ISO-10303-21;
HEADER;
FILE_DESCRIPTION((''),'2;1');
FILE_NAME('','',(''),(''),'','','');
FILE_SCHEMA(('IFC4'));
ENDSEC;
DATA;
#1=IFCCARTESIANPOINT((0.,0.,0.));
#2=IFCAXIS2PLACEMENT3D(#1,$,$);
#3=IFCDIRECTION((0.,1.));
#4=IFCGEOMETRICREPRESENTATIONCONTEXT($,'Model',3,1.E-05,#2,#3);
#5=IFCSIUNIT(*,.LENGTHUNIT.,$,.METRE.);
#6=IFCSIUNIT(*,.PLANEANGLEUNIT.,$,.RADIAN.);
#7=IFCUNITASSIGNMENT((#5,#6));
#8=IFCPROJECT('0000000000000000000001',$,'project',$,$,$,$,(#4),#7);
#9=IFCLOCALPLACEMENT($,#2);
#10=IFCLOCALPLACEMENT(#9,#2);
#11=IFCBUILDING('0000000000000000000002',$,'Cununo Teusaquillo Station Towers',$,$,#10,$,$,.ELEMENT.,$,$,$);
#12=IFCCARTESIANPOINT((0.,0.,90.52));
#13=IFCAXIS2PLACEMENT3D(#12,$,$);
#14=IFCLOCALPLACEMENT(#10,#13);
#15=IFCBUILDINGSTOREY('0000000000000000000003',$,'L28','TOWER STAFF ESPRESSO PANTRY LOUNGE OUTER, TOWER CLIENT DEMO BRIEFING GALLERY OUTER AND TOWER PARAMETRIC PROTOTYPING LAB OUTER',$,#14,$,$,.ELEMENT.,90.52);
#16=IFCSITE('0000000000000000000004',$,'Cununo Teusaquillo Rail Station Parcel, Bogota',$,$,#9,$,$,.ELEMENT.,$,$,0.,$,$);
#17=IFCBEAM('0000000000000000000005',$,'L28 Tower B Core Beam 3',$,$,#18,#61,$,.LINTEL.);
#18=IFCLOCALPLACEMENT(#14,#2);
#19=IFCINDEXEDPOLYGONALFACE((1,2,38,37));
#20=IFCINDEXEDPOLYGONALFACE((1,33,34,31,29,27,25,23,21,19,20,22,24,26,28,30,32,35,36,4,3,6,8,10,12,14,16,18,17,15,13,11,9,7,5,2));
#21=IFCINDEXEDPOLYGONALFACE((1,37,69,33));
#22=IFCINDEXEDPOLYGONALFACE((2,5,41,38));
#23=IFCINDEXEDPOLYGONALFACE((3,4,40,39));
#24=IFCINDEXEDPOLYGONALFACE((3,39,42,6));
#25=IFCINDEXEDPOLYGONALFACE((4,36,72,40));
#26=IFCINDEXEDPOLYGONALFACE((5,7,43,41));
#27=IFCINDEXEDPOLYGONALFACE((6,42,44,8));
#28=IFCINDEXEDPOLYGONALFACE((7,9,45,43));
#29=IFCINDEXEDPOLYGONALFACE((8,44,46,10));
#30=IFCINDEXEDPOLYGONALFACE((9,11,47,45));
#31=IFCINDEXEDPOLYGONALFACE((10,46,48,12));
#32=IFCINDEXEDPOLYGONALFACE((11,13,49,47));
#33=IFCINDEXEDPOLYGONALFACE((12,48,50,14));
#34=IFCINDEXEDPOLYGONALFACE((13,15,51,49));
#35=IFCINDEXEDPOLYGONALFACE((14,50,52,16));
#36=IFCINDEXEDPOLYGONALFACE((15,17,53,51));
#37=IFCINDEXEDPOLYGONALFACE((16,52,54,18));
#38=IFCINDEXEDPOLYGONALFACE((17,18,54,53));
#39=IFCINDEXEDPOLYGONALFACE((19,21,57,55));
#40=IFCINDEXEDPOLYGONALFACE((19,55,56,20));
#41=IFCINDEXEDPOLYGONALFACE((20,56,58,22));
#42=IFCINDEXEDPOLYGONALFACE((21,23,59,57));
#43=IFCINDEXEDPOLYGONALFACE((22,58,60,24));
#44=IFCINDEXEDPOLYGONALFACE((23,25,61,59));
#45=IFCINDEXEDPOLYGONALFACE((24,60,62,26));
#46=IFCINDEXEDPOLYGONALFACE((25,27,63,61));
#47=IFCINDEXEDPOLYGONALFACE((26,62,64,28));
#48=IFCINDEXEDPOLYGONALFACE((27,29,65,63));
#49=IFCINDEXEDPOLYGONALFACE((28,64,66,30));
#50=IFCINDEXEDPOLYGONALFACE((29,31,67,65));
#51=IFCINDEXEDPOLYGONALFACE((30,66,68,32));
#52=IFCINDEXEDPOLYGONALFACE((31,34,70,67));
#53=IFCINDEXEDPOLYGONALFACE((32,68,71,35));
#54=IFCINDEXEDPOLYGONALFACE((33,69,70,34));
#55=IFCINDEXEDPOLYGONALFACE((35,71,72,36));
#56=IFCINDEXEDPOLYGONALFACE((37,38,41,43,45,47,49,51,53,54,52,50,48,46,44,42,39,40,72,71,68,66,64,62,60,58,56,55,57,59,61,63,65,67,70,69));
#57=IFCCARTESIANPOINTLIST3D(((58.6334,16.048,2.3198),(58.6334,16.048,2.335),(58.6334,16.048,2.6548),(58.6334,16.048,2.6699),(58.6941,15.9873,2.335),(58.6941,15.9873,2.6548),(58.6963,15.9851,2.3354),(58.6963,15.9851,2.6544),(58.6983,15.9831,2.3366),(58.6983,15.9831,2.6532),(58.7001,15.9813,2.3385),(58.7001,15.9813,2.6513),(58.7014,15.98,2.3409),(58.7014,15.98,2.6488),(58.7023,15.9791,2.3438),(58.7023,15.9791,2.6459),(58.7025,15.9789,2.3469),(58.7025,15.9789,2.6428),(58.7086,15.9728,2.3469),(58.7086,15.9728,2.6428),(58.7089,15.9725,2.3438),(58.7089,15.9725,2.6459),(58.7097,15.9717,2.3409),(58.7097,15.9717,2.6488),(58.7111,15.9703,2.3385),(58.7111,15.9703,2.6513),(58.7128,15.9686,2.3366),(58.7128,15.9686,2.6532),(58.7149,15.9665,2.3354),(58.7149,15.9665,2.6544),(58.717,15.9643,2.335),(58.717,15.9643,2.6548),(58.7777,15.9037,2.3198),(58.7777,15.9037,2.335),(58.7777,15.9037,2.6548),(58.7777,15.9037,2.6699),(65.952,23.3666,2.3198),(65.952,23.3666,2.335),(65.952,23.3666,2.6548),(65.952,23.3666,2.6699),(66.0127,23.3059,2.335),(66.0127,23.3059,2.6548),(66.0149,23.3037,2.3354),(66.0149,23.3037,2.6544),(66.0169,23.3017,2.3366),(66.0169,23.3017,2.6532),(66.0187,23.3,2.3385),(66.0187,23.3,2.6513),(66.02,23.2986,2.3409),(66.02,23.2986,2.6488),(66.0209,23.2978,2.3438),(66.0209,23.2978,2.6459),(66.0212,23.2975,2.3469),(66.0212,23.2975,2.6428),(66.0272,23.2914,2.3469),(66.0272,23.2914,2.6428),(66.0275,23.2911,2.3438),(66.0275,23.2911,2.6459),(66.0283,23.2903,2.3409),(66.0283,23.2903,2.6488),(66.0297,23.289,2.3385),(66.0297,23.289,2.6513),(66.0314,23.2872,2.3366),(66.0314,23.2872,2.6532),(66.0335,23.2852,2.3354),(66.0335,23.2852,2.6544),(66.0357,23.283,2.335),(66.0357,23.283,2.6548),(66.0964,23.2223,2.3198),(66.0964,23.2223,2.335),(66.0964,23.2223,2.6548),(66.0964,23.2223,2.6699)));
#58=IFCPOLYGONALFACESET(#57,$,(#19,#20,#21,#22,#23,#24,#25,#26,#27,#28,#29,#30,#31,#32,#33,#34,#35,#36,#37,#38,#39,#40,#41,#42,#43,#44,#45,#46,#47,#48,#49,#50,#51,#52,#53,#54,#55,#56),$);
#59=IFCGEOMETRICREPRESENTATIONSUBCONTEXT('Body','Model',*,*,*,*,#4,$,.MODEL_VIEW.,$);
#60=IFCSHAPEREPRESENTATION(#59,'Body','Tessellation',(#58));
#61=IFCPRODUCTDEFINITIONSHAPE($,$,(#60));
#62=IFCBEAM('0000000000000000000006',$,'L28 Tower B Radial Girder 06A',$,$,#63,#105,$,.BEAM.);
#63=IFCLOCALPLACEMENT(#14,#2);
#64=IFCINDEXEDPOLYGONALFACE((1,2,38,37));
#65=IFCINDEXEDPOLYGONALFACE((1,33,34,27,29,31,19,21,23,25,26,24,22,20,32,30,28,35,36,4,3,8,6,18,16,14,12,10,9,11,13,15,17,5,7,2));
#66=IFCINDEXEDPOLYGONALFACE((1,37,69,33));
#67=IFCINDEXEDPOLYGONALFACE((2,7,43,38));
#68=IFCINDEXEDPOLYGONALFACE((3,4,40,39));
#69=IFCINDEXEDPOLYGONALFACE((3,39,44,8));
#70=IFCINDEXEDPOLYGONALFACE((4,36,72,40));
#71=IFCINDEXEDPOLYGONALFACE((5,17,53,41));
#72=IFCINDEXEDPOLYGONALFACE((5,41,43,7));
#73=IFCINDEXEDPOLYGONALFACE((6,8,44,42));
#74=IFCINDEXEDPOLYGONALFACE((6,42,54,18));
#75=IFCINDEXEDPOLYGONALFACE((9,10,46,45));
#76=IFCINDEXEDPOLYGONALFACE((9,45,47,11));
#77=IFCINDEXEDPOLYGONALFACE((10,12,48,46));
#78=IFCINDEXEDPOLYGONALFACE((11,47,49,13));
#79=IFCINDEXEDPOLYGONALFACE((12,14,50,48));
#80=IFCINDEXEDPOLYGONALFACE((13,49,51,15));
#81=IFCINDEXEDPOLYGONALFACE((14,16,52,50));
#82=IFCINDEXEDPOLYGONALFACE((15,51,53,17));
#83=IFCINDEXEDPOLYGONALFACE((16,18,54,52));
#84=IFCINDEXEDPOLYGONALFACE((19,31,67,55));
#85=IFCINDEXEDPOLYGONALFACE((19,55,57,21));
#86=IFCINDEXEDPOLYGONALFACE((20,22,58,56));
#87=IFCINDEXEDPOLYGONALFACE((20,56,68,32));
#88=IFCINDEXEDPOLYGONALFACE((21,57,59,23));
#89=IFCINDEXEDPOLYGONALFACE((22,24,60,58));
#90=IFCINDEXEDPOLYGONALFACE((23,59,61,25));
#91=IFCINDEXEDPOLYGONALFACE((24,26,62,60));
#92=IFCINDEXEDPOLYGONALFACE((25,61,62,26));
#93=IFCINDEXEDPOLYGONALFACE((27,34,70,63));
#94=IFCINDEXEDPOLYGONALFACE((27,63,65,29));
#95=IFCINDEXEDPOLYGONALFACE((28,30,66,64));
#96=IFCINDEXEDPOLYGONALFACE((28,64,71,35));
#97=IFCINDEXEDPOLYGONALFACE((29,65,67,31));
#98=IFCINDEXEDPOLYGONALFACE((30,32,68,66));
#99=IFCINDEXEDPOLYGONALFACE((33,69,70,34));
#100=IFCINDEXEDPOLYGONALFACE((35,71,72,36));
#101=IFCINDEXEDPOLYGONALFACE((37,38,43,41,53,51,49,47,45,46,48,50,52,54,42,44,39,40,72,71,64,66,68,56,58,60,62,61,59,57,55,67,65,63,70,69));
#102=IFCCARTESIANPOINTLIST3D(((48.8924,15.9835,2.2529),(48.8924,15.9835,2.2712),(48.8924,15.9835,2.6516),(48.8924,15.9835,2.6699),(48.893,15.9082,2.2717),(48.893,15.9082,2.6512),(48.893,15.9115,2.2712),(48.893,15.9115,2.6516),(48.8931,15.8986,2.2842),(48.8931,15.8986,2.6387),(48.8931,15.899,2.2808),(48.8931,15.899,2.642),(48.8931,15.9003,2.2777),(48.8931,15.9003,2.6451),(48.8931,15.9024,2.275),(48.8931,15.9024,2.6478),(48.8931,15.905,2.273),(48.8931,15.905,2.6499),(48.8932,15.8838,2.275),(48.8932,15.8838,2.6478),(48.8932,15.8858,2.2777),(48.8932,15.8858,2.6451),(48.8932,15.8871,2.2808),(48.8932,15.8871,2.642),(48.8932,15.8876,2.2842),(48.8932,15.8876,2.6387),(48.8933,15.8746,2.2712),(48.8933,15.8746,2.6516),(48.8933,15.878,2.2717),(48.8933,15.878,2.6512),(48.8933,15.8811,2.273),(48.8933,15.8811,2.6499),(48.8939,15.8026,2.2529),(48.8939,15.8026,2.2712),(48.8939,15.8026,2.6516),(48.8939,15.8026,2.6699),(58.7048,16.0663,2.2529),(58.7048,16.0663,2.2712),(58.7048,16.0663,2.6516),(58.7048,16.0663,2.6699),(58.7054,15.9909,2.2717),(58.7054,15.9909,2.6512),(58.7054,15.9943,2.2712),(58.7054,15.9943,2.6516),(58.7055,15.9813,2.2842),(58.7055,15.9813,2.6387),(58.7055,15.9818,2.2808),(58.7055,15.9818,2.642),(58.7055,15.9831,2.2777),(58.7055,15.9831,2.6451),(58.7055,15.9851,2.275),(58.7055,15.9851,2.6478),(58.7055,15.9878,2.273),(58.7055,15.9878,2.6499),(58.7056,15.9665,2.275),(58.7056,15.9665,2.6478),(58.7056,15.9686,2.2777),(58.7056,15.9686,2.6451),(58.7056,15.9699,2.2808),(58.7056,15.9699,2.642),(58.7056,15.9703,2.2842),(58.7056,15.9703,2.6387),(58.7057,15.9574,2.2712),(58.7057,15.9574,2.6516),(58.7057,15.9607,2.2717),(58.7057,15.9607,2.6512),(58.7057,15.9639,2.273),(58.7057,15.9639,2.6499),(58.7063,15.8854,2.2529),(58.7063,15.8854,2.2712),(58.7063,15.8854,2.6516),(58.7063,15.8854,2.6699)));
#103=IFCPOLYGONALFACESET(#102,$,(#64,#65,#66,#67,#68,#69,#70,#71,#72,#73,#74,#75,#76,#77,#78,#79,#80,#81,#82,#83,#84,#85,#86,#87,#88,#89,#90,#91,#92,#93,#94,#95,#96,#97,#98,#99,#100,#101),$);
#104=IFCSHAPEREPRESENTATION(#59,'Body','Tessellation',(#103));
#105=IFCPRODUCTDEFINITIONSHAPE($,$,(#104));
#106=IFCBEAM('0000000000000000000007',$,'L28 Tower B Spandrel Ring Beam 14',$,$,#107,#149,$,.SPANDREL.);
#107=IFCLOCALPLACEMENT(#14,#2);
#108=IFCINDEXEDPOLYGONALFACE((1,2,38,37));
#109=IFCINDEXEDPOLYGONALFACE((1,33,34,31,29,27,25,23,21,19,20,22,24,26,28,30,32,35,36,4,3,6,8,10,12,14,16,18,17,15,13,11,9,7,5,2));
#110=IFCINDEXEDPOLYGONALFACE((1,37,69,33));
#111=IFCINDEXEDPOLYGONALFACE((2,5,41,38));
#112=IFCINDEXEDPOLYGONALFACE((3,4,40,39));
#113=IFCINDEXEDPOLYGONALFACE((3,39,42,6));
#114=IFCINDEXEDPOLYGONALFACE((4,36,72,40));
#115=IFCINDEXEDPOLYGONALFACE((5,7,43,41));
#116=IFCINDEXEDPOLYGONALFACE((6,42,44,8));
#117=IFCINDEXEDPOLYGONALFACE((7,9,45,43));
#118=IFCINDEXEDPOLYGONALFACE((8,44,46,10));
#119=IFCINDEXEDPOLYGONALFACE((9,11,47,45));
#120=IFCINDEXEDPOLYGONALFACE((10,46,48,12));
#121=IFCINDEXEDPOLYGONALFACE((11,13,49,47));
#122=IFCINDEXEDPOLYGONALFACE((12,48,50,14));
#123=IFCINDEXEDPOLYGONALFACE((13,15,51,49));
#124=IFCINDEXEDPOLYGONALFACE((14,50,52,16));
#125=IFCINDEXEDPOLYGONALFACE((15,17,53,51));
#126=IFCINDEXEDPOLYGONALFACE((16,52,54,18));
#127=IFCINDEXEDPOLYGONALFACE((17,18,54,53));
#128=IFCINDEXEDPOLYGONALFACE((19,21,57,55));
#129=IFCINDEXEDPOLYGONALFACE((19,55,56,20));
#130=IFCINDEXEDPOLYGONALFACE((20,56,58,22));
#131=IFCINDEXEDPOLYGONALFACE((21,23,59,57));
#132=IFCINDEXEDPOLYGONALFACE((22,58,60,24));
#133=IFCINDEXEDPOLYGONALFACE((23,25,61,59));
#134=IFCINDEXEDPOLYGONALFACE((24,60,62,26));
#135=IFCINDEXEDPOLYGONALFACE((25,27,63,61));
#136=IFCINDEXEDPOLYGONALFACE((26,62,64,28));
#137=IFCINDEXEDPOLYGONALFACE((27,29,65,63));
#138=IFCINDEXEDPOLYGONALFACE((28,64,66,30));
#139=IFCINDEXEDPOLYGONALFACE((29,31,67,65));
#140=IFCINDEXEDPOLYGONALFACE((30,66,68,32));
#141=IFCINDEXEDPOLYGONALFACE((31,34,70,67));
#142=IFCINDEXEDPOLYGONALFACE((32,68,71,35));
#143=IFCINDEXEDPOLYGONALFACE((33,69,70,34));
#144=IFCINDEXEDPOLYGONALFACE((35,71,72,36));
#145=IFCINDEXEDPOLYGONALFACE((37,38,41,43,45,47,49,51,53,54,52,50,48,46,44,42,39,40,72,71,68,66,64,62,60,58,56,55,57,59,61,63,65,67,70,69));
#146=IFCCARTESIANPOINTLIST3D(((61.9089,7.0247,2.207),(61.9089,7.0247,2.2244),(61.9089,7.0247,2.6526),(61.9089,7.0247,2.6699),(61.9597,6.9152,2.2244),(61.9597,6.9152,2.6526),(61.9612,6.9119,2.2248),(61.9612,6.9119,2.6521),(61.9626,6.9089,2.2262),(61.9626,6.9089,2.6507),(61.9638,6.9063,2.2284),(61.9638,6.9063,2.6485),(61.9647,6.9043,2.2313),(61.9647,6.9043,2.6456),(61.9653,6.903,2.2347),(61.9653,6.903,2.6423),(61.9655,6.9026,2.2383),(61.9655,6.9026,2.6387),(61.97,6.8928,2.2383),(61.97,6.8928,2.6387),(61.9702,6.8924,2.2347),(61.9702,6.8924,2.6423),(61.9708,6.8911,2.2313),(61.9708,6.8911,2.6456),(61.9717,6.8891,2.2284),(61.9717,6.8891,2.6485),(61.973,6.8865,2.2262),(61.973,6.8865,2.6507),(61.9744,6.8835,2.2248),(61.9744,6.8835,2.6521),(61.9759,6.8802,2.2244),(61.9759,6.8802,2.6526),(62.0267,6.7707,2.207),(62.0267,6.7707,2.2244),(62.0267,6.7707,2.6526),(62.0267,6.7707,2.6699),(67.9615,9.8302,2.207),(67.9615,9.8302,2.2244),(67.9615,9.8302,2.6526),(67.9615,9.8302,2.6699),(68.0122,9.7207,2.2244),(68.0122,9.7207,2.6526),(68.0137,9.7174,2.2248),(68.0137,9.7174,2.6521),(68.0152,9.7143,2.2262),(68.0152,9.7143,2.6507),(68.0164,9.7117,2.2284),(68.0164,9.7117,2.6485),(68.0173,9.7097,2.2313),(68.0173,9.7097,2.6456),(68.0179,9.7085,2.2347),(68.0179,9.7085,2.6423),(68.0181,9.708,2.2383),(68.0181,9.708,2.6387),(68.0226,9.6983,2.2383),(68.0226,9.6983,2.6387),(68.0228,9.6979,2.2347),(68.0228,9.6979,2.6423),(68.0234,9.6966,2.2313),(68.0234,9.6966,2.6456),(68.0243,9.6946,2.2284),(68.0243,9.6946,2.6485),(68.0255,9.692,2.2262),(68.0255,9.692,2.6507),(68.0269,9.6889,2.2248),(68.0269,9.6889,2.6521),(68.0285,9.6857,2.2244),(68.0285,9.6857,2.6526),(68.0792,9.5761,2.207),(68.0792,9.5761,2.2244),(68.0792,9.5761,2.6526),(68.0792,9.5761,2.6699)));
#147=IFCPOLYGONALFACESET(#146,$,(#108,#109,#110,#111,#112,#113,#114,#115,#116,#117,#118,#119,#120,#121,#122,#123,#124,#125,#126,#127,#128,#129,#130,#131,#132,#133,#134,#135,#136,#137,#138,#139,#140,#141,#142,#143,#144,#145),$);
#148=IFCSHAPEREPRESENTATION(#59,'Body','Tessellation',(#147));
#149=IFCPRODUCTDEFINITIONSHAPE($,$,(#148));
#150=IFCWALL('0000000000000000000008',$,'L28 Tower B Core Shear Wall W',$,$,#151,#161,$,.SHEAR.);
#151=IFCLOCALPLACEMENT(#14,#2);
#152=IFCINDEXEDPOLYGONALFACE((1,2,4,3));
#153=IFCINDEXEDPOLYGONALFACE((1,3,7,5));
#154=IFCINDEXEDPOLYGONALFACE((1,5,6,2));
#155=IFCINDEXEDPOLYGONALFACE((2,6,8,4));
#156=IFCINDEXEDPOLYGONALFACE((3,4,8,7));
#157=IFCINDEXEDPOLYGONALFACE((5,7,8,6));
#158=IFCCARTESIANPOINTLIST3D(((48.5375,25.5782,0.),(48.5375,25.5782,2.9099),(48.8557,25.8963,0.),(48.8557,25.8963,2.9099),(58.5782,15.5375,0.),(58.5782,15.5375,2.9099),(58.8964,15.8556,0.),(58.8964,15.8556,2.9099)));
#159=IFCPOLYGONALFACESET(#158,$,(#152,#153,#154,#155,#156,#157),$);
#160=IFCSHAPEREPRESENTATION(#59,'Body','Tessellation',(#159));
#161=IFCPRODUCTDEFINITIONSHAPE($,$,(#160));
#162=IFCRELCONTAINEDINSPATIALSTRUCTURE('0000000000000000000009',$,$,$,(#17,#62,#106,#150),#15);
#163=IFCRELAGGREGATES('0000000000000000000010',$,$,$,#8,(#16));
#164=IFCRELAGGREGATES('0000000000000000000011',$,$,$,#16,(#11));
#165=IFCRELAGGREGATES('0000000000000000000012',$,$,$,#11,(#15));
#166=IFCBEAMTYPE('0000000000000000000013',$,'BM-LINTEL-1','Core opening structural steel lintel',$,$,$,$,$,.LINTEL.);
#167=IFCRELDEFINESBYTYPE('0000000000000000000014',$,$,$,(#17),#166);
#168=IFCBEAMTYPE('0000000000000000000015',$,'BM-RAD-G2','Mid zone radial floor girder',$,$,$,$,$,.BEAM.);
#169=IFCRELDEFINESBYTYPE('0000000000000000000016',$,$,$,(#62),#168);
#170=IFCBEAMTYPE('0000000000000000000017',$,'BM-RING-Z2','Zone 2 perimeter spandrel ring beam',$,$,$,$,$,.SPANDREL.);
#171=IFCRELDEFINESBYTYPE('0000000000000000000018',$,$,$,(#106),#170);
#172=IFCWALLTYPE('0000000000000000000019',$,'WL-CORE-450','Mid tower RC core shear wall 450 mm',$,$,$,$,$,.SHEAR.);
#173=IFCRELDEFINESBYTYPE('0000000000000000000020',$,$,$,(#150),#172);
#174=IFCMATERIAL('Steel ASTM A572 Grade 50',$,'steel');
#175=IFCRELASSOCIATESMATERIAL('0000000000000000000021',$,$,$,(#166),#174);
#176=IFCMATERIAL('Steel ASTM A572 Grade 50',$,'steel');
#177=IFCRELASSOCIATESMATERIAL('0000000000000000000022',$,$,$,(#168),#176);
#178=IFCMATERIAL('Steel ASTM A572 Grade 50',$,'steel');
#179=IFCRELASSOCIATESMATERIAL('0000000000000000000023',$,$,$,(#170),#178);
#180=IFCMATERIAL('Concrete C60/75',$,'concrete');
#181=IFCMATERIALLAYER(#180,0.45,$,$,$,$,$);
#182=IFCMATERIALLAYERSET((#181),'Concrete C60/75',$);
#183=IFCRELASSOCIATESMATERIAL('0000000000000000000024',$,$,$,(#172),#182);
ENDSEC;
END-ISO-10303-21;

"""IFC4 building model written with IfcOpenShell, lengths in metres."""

from ifc_helpers import new_model, si_unit, direction, frame, frame_2d, origin, origin_2d, place, context, subcontext, project, spatial, rectangle, i_section, extrude, material, layer, layer_set, material_profile, profile_set, type_object, element, save


model = new_model("IFC4")

# Units and contexts
model_context = context("Model", 3, precision=1e-05, world=origin(), true_north=direction((0.0, 1.0)))
body_context = subcontext(model_context, "Body", "Model", "MODEL_VIEW")
ifc_project = project(units=[si_unit("LENGTHUNIT", "METRE"), si_unit("PLANEANGLEUNIT", "RADIAN")], contexts=[model_context])

# Site, building, storey
site_placement = place(None, origin())
site = spatial("IfcSite", under=ifc_project, at=site_placement, Name="Cununo Teusaquillo Rail Station Parcel, Bogota", CompositionType="ELEMENT", RefElevation=0.0)
building_placement = place(site_placement, origin())
building = spatial("IfcBuilding", under=site, at=building_placement, Name="Cununo Teusaquillo Station Towers", CompositionType="ELEMENT")
storey_placement = place(building_placement, frame((0.0, 0.0, 90.52)))
storey = spatial("IfcBuildingStorey", under=building, at=storey_placement, Name="L28", Description="TOWER STAFF ESPRESSO PANTRY LOUNGE OUTER, TOWER CLIENT DEMO BRIEFING GALLERY OUTER AND TOWER PARAMETRIC PROTOTYPING LAB OUTER", CompositionType="ELEMENT", Elevation=90.52)

# Beams
ifc_material_1 = material(Name="Steel ASTM A572 Grade 50", Category="steel")
ifc_material_profile_1 = material_profile(ifc_material_1, i_section(OverallWidth=0.2041, OverallDepth=0.3501, WebThickness=0.0085, FlangeThickness=0.0151, FilletRadius=0.012, at=origin_2d()), Name="W14X48")
ifc_profile_set_1 = profile_set([ifc_material_profile_1], Name="Steel ASTM A572 Grade 50")
beam_type_1 = type_object("IfcBeamType", Name="BM-LINTEL-1", Description="Core opening structural steel lintel", PredefinedType="LINTEL", material=ifc_profile_set_1)
beam_1_placement = place(storey_placement, frame((58.7056, 15.9758, 2.4949), z_axis=(0.707107, 0.707107, 0.0), x_axis=(-0.707107, 0.707107, 0.0)))
element("IfcBeam", 1, at=beam_1_placement, inside=storey, type_object=beam_type_1, Name="L28 Tower B Core Beam 3", PredefinedType="LINTEL", context=body_context, shape_type="SweptSolid", body=[
    extrude(i_section(OverallWidth=0.2041, OverallDepth=0.3501, WebThickness=0.0085, FlangeThickness=0.0151, FilletRadius=0.012, at=origin_2d()), origin(), (0.0, 0.0, 1.0), 10.3501),
])
ifc_material_2 = material(Name="Steel ASTM A572 Grade 50", Category="steel")
ifc_material_profile_2 = material_profile(ifc_material_2, i_section(OverallWidth=0.1809, OverallDepth=0.417, WebThickness=0.011, FlangeThickness=0.0183, FilletRadius=0.0129, at=origin_2d()), Name="W16X57")
ifc_profile_set_2 = profile_set([ifc_material_profile_2], Name="Steel ASTM A572 Grade 50")
beam_type_2 = type_object("IfcBeamType", Name="BM-RAD-G2", Description="Mid zone radial floor girder", PredefinedType="BEAM", material=ifc_profile_set_2)
beam_2_placement = place(storey_placement, frame((58.7056, 15.9758, 2.4614), z_axis=(-0.999964, -0.008434, 0.0), x_axis=(0.008434, -0.999964, 0.0)))
element("IfcBeam", 2, at=beam_2_placement, inside=storey, type_object=beam_type_2, Name="L28 Tower B Radial Girder 06A", PredefinedType="BEAM", context=body_context, shape_type="SweptSolid", body=[
    extrude(i_section(OverallWidth=0.1809, OverallDepth=0.417, WebThickness=0.011, FlangeThickness=0.0183, FilletRadius=0.0129, at=origin_2d()), origin(), (0.0, 0.0, 1.0), 9.8127),
])
ifc_material_3 = material(Name="Steel ASTM A572 Grade 50", Category="steel")
ifc_material_profile_3 = material_profile(ifc_material_3, i_section(OverallWidth=0.28, OverallDepth=0.4629, WebThickness=0.0107, FlangeThickness=0.0173, FilletRadius=0.0139, at=origin_2d()), Name="W18X76")
ifc_profile_set_3 = profile_set([ifc_material_profile_3], Name="Steel ASTM A572 Grade 50")
beam_type_3 = type_object("IfcBeamType", Name="BM-RING-Z2", Description="Zone 2 perimeter spandrel ring beam", PredefinedType="SPANDREL", material=ifc_profile_set_3)
beam_3_placement = place(storey_placement, frame((61.9678, 6.8977, 2.4385), z_axis=(0.907276, 0.420536, 0.0), x_axis=(-0.420536, 0.907276, 0.0)))
element("IfcBeam", 3, at=beam_3_placement, inside=storey, type_object=beam_type_3, Name="L28 Tower B Spandrel Ring Beam 14", PredefinedType="SPANDREL", context=body_context, shape_type="SweptSolid", body=[
    extrude(i_section(OverallWidth=0.28, OverallDepth=0.4629, WebThickness=0.0107, FlangeThickness=0.0173, FilletRadius=0.0139, at=origin_2d()), origin(), (0.0, 0.0, 1.0), 6.6711),
])

# Wall
ifc_material_4 = material(Name="Concrete C60/75", Category="concrete")
ifc_layer_1 = layer(ifc_material_4, 0.45)
ifc_layer_set_1 = layer_set([ifc_layer_1], Name="Concrete C60/75")
wall_type_1 = type_object("IfcWallType", Name="WL-CORE-450", Description="Mid tower RC core shear wall 450 mm", PredefinedType="SHEAR", material=ifc_layer_set_1)
wall_1_placement = place(storey_placement, frame((58.7373, 15.6965, 0.0), z_axis=(0.0, 0.0, 1.0), x_axis=(-0.707107, 0.707107, 0.0)))
element("IfcWall", 4, at=wall_1_placement, inside=storey, type_object=wall_type_1, Name="L28 Tower B Core Shear Wall W", PredefinedType="SHEAR", context=body_context, shape_type="SweptSolid", body=[
    extrude(rectangle(XDim=14.1997, YDim=0.45, at=frame_2d((7.0999, 0.0))), origin(), (0.0, 0.0, 1.0), 2.9099),
])

save(model, "model.ifc")
